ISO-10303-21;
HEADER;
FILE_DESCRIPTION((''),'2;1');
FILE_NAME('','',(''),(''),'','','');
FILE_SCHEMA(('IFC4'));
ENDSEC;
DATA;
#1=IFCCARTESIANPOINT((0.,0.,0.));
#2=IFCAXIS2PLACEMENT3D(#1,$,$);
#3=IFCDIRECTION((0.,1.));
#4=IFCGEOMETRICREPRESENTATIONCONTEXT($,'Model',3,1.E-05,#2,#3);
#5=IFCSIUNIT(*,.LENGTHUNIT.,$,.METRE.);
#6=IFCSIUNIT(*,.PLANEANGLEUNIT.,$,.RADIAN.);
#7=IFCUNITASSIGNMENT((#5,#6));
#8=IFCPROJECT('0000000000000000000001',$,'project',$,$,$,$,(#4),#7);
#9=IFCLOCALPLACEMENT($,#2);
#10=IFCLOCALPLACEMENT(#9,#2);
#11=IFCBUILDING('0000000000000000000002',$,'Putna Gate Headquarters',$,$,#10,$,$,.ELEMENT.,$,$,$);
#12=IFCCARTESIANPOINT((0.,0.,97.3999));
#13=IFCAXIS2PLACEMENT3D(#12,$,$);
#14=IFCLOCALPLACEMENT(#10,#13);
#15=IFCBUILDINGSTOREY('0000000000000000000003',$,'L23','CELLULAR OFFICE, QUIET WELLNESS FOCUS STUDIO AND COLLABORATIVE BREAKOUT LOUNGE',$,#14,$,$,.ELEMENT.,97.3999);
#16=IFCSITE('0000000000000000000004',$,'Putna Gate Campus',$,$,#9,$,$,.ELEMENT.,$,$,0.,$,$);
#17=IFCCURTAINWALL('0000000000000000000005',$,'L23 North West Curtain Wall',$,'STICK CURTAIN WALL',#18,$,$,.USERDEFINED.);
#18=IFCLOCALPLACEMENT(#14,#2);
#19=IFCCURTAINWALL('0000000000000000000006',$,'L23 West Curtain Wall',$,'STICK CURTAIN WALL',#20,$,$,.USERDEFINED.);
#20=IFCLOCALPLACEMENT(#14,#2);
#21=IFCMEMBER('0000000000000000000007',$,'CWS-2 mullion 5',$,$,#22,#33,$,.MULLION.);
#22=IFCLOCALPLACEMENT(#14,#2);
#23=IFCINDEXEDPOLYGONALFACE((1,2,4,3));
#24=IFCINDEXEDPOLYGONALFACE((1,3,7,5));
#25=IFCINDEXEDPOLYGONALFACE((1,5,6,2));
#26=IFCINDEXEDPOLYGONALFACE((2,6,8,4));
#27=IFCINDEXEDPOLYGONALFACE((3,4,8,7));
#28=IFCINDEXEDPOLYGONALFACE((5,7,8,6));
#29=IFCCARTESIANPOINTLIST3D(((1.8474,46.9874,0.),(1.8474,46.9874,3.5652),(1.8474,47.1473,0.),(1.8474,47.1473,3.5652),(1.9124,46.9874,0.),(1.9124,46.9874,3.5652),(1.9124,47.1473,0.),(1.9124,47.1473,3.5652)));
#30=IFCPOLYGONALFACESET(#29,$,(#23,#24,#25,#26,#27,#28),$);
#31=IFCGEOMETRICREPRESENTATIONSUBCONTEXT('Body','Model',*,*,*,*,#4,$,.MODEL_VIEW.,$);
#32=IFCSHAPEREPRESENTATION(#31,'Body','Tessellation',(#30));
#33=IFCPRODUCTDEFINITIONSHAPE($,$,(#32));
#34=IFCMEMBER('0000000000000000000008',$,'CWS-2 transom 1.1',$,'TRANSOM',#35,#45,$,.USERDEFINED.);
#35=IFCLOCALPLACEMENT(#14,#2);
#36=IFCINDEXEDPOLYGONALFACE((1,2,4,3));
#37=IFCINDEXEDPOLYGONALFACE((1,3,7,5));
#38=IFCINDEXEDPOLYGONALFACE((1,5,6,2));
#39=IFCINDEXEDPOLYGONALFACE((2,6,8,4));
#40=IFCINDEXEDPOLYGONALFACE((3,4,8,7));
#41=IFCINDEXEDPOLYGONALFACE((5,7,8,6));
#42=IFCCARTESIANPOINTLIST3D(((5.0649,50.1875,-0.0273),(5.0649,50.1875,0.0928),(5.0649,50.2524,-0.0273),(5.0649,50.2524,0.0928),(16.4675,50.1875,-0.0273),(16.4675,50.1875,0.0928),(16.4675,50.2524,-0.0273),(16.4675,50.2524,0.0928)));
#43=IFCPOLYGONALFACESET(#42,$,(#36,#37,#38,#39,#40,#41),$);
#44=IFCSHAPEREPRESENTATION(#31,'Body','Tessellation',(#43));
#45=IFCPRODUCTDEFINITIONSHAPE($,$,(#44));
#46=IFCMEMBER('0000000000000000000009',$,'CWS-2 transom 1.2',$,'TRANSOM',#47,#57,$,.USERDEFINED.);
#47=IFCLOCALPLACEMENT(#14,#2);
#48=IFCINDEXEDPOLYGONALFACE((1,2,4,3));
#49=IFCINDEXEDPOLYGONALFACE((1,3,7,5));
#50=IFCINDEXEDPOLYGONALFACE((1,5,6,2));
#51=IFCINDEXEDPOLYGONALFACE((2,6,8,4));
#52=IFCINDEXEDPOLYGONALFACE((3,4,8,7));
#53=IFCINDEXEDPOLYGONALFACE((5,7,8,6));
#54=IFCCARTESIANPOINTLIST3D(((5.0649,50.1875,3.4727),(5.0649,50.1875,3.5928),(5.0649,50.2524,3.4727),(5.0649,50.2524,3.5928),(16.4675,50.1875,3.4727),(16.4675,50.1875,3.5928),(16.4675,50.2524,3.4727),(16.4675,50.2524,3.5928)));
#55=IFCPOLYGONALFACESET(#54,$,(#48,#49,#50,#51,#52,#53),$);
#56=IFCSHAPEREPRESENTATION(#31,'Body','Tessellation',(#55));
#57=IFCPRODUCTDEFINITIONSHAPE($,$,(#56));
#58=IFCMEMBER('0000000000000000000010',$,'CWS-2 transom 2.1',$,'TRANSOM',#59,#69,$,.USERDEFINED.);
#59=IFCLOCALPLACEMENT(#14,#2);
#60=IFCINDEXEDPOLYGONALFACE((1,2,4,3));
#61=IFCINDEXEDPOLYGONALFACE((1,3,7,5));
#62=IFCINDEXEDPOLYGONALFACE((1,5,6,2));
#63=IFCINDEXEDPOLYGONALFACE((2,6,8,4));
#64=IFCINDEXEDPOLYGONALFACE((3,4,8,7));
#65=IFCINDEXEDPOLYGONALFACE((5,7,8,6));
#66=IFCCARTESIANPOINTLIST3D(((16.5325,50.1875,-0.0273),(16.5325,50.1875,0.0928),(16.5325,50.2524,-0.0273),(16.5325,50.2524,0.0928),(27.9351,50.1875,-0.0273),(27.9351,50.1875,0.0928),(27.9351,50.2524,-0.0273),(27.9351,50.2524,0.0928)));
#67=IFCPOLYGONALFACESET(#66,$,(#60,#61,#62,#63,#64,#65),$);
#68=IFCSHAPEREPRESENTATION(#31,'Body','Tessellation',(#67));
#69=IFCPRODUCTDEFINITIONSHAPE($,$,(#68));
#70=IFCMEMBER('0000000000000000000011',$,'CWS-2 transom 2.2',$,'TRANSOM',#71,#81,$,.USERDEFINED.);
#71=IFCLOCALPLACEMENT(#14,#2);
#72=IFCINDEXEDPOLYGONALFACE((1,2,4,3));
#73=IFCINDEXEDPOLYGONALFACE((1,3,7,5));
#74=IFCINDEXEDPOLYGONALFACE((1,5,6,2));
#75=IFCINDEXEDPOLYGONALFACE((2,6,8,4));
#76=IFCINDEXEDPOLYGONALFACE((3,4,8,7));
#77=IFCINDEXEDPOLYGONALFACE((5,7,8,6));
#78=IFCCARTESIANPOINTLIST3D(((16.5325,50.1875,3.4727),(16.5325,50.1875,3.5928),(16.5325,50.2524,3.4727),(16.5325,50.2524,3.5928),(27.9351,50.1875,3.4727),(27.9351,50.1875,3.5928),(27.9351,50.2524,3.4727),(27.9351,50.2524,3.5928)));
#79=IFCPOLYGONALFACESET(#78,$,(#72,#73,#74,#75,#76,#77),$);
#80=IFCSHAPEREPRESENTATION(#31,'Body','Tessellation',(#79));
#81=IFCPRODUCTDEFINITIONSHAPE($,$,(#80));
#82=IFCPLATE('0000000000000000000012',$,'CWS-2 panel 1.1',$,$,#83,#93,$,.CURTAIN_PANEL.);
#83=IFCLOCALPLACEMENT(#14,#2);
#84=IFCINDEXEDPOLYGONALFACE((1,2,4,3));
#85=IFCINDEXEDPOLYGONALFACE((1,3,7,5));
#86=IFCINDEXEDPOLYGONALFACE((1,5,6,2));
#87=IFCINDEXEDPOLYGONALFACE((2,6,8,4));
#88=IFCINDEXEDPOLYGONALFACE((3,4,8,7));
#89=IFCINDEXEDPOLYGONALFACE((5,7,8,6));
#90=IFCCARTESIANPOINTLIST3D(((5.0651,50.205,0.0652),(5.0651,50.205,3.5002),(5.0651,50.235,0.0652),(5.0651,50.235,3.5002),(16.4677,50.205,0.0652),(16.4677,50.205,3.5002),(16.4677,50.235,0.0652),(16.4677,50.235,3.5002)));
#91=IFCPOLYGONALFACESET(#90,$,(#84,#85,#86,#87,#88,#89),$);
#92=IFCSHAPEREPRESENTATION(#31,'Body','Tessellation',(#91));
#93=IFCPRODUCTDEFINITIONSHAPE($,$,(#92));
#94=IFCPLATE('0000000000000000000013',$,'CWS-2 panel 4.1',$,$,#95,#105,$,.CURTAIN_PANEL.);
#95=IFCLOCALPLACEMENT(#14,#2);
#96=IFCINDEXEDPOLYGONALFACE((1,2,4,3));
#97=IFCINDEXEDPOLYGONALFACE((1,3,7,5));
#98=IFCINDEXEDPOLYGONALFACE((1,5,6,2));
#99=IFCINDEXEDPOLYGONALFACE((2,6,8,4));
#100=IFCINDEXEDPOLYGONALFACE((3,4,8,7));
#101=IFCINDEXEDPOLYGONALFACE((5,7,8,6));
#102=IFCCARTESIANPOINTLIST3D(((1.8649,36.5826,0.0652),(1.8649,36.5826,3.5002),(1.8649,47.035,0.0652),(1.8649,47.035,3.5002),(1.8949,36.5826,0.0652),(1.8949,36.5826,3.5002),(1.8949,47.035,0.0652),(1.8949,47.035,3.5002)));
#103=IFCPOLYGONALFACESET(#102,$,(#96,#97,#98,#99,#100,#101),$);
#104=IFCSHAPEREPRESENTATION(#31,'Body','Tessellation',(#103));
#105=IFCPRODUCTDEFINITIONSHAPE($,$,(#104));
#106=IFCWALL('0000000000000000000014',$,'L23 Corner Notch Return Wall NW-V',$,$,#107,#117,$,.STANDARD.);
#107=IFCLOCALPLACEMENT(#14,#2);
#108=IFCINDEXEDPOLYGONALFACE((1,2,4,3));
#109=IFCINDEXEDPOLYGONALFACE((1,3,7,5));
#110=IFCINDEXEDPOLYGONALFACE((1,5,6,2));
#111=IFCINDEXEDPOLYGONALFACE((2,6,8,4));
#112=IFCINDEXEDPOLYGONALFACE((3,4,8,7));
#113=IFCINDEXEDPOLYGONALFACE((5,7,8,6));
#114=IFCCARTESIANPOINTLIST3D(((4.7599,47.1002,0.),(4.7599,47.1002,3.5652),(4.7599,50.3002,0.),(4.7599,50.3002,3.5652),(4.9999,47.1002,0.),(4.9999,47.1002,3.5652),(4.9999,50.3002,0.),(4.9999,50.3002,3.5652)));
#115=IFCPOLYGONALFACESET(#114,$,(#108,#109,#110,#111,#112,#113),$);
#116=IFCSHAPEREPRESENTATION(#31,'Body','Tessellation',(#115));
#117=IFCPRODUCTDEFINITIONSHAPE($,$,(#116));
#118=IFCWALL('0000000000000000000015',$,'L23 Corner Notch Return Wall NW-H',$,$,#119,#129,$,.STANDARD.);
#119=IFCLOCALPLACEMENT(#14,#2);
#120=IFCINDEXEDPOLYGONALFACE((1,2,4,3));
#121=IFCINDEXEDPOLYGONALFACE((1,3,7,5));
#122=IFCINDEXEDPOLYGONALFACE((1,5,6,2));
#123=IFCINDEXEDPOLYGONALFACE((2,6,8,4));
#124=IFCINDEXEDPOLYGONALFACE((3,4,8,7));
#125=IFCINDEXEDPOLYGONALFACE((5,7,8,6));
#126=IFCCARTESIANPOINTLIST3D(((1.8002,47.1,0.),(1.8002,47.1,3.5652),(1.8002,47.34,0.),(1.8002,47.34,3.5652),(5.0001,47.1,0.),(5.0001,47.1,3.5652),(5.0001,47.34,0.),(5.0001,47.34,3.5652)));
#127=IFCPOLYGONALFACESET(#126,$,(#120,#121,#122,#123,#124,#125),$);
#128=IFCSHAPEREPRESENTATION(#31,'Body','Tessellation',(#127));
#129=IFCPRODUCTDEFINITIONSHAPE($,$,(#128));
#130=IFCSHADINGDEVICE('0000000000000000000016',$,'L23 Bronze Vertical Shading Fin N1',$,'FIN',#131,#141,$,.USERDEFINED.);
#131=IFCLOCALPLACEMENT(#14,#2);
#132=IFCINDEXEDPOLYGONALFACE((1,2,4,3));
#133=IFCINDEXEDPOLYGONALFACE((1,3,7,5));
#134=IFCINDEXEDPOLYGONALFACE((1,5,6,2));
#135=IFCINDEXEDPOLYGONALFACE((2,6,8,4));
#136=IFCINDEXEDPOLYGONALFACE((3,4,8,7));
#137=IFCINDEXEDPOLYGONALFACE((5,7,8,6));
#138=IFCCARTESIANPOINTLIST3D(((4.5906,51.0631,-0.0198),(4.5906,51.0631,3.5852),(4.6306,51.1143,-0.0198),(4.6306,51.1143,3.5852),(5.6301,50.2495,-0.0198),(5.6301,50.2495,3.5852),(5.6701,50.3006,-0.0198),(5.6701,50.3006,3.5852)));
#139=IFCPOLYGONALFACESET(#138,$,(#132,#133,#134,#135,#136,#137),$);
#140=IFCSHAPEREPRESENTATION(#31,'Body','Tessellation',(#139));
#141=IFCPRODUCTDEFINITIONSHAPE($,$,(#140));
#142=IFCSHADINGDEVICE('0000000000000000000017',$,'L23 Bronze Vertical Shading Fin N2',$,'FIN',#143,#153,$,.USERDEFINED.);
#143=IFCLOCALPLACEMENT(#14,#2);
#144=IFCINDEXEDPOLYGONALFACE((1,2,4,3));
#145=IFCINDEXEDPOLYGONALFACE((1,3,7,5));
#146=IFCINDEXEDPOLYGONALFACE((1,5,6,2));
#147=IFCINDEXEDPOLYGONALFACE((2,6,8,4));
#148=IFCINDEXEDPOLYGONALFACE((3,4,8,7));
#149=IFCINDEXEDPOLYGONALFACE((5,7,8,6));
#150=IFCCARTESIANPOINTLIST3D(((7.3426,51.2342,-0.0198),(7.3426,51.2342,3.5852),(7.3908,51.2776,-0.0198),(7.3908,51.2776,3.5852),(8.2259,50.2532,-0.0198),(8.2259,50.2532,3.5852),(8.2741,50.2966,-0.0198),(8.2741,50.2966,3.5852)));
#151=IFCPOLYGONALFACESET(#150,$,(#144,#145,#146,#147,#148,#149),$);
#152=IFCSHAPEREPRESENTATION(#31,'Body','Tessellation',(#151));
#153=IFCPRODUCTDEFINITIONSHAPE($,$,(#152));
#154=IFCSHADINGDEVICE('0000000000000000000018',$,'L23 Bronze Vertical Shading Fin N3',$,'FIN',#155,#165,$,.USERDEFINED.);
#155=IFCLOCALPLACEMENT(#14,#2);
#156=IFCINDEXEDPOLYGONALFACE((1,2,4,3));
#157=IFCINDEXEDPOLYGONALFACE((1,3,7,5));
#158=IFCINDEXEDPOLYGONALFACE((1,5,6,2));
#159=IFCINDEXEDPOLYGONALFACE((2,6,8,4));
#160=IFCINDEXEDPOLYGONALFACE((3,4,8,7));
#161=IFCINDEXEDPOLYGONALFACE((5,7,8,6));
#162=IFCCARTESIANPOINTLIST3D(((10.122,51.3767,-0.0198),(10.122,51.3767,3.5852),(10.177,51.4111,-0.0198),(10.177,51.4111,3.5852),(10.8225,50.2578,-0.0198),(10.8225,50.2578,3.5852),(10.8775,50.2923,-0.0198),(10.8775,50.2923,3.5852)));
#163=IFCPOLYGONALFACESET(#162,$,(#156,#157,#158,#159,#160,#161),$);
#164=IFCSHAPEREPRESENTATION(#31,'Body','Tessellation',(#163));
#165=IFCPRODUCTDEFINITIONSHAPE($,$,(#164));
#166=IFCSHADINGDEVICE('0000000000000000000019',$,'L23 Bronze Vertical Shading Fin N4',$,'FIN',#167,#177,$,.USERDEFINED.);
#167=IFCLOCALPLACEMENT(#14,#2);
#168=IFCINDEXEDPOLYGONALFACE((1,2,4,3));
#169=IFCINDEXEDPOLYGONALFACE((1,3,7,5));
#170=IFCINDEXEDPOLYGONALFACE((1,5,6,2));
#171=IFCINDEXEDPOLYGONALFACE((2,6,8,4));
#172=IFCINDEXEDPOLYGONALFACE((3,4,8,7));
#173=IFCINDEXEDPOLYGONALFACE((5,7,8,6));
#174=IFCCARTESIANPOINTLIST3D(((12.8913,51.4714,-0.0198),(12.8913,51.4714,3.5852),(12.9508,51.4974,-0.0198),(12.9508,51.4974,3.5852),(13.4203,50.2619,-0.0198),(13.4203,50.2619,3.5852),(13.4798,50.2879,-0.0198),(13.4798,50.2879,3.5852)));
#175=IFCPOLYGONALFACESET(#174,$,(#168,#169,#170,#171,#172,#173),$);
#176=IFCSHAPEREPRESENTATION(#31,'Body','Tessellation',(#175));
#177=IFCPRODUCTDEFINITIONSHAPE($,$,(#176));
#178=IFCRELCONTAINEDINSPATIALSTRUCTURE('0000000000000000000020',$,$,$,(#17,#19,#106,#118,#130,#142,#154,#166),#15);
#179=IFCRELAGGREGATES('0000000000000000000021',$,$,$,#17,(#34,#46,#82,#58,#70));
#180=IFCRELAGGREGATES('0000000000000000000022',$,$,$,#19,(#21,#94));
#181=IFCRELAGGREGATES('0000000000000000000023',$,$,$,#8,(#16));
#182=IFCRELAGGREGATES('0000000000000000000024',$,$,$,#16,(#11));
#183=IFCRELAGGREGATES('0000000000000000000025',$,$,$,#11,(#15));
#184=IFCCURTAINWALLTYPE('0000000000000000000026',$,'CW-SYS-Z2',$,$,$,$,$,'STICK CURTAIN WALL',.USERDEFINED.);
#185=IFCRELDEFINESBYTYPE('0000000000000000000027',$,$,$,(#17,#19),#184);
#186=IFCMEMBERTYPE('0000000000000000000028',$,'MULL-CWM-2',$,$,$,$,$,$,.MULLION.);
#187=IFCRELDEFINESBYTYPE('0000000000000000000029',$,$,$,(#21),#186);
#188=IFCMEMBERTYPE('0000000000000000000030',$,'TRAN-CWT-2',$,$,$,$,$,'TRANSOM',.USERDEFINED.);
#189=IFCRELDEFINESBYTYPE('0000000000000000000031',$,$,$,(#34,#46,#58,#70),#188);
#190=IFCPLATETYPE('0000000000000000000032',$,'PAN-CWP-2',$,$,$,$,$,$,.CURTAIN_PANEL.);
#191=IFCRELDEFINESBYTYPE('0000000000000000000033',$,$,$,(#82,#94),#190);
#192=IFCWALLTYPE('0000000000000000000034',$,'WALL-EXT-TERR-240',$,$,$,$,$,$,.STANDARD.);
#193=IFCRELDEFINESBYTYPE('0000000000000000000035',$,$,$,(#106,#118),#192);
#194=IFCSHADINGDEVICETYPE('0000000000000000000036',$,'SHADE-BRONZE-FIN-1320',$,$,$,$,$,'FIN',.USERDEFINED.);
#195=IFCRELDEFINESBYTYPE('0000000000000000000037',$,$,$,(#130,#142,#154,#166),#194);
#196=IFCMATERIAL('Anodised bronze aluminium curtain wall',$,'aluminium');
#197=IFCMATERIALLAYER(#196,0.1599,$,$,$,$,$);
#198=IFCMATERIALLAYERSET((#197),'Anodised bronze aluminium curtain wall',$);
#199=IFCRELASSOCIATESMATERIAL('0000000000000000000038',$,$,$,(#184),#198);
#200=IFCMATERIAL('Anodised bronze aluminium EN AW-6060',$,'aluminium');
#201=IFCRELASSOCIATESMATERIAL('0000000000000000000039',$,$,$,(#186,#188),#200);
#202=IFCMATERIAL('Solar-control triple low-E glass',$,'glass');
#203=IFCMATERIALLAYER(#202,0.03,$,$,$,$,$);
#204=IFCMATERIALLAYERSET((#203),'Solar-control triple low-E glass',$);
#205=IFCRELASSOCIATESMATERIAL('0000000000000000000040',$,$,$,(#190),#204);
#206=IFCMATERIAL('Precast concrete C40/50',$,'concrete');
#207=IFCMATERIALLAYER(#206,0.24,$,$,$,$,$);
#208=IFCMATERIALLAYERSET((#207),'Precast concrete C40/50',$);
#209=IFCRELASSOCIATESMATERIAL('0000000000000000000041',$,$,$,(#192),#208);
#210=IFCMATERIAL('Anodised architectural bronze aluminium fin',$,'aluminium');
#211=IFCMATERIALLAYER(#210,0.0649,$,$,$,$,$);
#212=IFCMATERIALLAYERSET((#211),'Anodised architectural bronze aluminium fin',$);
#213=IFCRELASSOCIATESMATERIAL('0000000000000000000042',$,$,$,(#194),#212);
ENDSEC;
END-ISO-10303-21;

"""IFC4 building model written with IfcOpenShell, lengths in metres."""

from ifc_helpers import new_model, si_unit, direction, frame, frame_2d, origin, origin_2d, place, context, subcontext, project, spatial, rectangle, extrude, material, layer, layer_set, material_profile, profile_set, type_object, element, aggregate, save


model = new_model("IFC4")

# Units and contexts
model_context = context("Model", 3, precision=1e-05, world=origin(), true_north=direction((0.0, 1.0)))
body_context = subcontext(model_context, "Body", "Model", "MODEL_VIEW")
ifc_project = project(units=[si_unit("LENGTHUNIT", "METRE"), si_unit("PLANEANGLEUNIT", "RADIAN")], contexts=[model_context])

# Site, building, storey
site_placement = place(None, origin())
site = spatial("IfcSite", under=ifc_project, at=site_placement, Name="Putna Gate Campus", CompositionType="ELEMENT", RefElevation=0.0)
building_placement = place(site_placement, origin())
building = spatial("IfcBuilding", under=site, at=building_placement, Name="Putna Gate Headquarters", CompositionType="ELEMENT")
storey_placement = place(building_placement, frame((0.0, 0.0, 97.3999)))
storey = spatial("IfcBuildingStorey", under=building, at=storey_placement, Name="L23", Description="CELLULAR OFFICE, QUIET WELLNESS FOCUS STUDIO AND COLLABORATIVE BREAKOUT LOUNGE", CompositionType="ELEMENT", Elevation=97.3999)

# Curtain wall
ifc_material_1 = material(Name="Anodised bronze aluminium curtain wall", Category="aluminium")
ifc_layer_1 = layer(ifc_material_1, 0.1599)
ifc_layer_set_1 = layer_set([ifc_layer_1], Name="Anodised bronze aluminium curtain wall")
curtain_wall_type = type_object("IfcCurtainWallType", Name="CW-SYS-Z2", ElementType="STICK CURTAIN WALL", PredefinedType="USERDEFINED", material=ifc_layer_set_1)
curtain_wall_1_placement = place(storey_placement, origin())
curtain_wall_1 = element("IfcCurtainWall", 1, at=curtain_wall_1_placement, inside=storey, type_object=curtain_wall_type, Name="L23 North West Curtain Wall", ObjectType="STICK CURTAIN WALL", PredefinedType="USERDEFINED")
ifc_material_2 = material(Name="Anodised bronze aluminium EN AW-6060", Category="aluminium")
ifc_material_profile_1 = material_profile(ifc_material_2, rectangle(XDim=0.0649, YDim=0.1599, at=origin_2d()), Name="Anodised bronze aluminium EN AW-6060")
ifc_profile_set_1 = profile_set([ifc_material_profile_1], Name="Anodised bronze aluminium EN AW-6060")
member_type_1 = type_object("IfcMemberType", Name="MULL-CWM-2", PredefinedType="MULLION", material=ifc_profile_set_1)

# Curtain wall, member
curtain_wall_2_placement = place(storey_placement, origin())
curtain_wall_2 = element("IfcCurtainWall", 2, at=curtain_wall_2_placement, inside=storey, type_object=curtain_wall_type, Name="L23 West Curtain Wall", ObjectType="STICK CURTAIN WALL", PredefinedType="USERDEFINED")
member_1_placement = place(storey_placement, frame((1.8799, 47.0674, 0.0), z_axis=(0.0, 0.0, 1.0), x_axis=(-1.0, 0.0, 0.0)))
member_1 = element("IfcMember", 3, at=member_1_placement, type_object=member_type_1, Name="CWS-2 mullion 5", PredefinedType="MULLION", context=body_context, shape_type="SweptSolid", body=[
    extrude(rectangle(XDim=0.0649, YDim=0.1599, at=origin_2d()), origin(), (0.0, 0.0, 1.0), 3.5652),
])

# Members
ifc_material_profile_2 = material_profile(ifc_material_2, rectangle(XDim=0.0649, YDim=0.1201, at=origin_2d()), Name="Anodised bronze aluminium EN AW-6060")
ifc_profile_set_2 = profile_set([ifc_material_profile_2], Name="Anodised bronze aluminium EN AW-6060")
member_type_2 = type_object("IfcMemberType", Name="TRAN-CWT-2", ElementType="TRANSOM", PredefinedType="USERDEFINED", material=ifc_profile_set_2)
member_2_placement = place(storey_placement, frame((5.0649, 50.22, 0.0327), z_axis=(1.0, 0.0, 0.0), x_axis=(0.0, 1.0, 0.0)))
member_2 = element("IfcMember", 4, at=member_2_placement, type_object=member_type_2, Name="CWS-2 transom 1.1", ObjectType="TRANSOM", PredefinedType="USERDEFINED", context=body_context, shape_type="SweptSolid", body=[
    extrude(rectangle(XDim=0.0649, YDim=0.1201, at=origin_2d()), origin(), (0.0, 0.0, 1.0), 11.4026),
])
member_3_placement = place(storey_placement, frame((5.0649, 50.22, 3.5327), z_axis=(1.0, 0.0, 0.0), x_axis=(0.0, 1.0, 0.0)))
member_3 = element("IfcMember", 5, at=member_3_placement, type_object=member_type_2, Name="CWS-2 transom 1.2", ObjectType="TRANSOM", PredefinedType="USERDEFINED", context=body_context, shape_type="SweptSolid", body=[
    extrude(rectangle(XDim=0.0649, YDim=0.1201, at=origin_2d()), origin(), (0.0, 0.0, 1.0), 11.4026),
])
member_4_placement = place(storey_placement, frame((16.5325, 50.22, 0.0327), z_axis=(1.0, 0.0, 0.0), x_axis=(0.0, 1.0, 0.0)))
member_4 = element("IfcMember", 6, at=member_4_placement, type_object=member_type_2, Name="CWS-2 transom 2.1", ObjectType="TRANSOM", PredefinedType="USERDEFINED", context=body_context, shape_type="SweptSolid", body=[
    extrude(rectangle(XDim=0.0649, YDim=0.1201, at=origin_2d()), origin(), (0.0, 0.0, 1.0), 11.4026),
])
member_5_placement = place(storey_placement, frame((16.5325, 50.22, 3.5327), z_axis=(1.0, 0.0, 0.0), x_axis=(0.0, 1.0, 0.0)))
member_5 = element("IfcMember", 7, at=member_5_placement, type_object=member_type_2, Name="CWS-2 transom 2.2", ObjectType="TRANSOM", PredefinedType="USERDEFINED", context=body_context, shape_type="SweptSolid", body=[
    extrude(rectangle(XDim=0.0649, YDim=0.1201, at=origin_2d()), origin(), (0.0, 0.0, 1.0), 11.4026),
])

# Plates
ifc_material_3 = material(Name="Solar-control triple low-E glass", Category="glass")
ifc_layer_2 = layer(ifc_material_3, 0.03)
ifc_layer_set_2 = layer_set([ifc_layer_2], Name="Solar-control triple low-E glass")
plate_type = type_object("IfcPlateType", Name="PAN-CWP-2", PredefinedType="CURTAIN_PANEL", material=ifc_layer_set_2)
plate_1_placement = place(storey_placement, frame((10.7664, 50.22, 0.0652), z_axis=(0.0, 0.0, 1.0), x_axis=(1.0, 0.0, 0.0)))
plate_1 = element("IfcPlate", 8, at=plate_1_placement, type_object=plate_type, Name="CWS-2 panel 1.1", PredefinedType="CURTAIN_PANEL", context=body_context, shape_type="SweptSolid", body=[
    extrude(rectangle(XDim=11.4026, YDim=0.03, at=origin_2d()), origin(), (0.0, 0.0, 1.0), 3.4351),
])
aggregate(curtain_wall_1, [member_2, member_3, plate_1, member_4, member_5])
plate_2_placement = place(storey_placement, frame((1.8799, 41.8088, 0.0652), z_axis=(0.0, 0.0, 1.0), x_axis=(0.0, 1.0, 0.0)))
plate_2 = element("IfcPlate", 9, at=plate_2_placement, type_object=plate_type, Name="CWS-2 panel 4.1", PredefinedType="CURTAIN_PANEL", context=body_context, shape_type="SweptSolid", body=[
    extrude(rectangle(XDim=10.4524, YDim=0.03, at=origin_2d()), origin(), (0.0, 0.0, 1.0), 3.4351),
])
aggregate(curtain_wall_2, [member_1, plate_2])

# Walls
ifc_material_4 = material(Name="Precast concrete C40/50", Category="concrete")
ifc_layer_3 = layer(ifc_material_4, 0.24)
ifc_layer_set_3 = layer_set([ifc_layer_3], Name="Precast concrete C40/50")
wall_type = type_object("IfcWallType", Name="WALL-EXT-TERR-240", PredefinedType="STANDARD", material=ifc_layer_set_3)
for number, where, z_axis, x_axis, name in (
    (10, (4.8799, 47.1001, 0.0), (0.0, 0.0, 1.0), (0.0, 1.0, 0.0), "L23 Corner Notch Return Wall NW-V"),
    (11, (1.8, 47.22, 0.0), (0.0, 0.0, 1.0), (1.0, 0.0, 0.0), "L23 Corner Notch Return Wall NW-H"),
):
    element("IfcWall", number, at=place(storey_placement, frame(where, z_axis=z_axis, x_axis=x_axis)), inside=storey, type_object=wall_type, Name=name, PredefinedType="STANDARD", context=body_context, shape_type="SweptSolid", body=[
        extrude(rectangle(XDim=3.2, YDim=0.24, at=frame_2d((1.6001, 0.0))), origin(), (0.0, 0.0, 1.0), 3.5652),
    ])

# Shading devices
ifc_material_5 = material(Name="Anodised architectural bronze aluminium fin", Category="aluminium")
ifc_layer_4 = layer(ifc_material_5, 0.0649)
ifc_layer_set_4 = layer_set([ifc_layer_4], Name="Anodised architectural bronze aluminium fin")
shading_device_type = type_object("IfcShadingDeviceType", Name="SHADE-BRONZE-FIN-1320", ElementType="FIN", PredefinedType="USERDEFINED", material=ifc_layer_set_4)
for number, where, z_axis, x_axis, name in (
    (12, (5.1304, 50.6819, -0.0198), (0.0, 0.0, 1.0), (-0.787473, 0.616349, 0.0), "L23 Bronze Vertical Shading Fin N1"),
    (13, (7.8083, 50.7654, -0.0198), (0.0, 0.0, 1.0), (-0.669131, 0.743145, 0.0), "L23 Bronze Vertical Shading Fin N2"),
    (14, (10.4998, 50.8345, -0.0198), (0.0, 0.0, 1.0), (-0.530659, 0.847585, 0.0), "L23 Bronze Vertical Shading Fin N3"),
    (15, (13.1855, 50.8796, -0.0198), (0.0, 0.0, 1.0), (-0.400669, 0.916223, 0.0), "L23 Bronze Vertical Shading Fin N4"),
):
    element("IfcShadingDevice", number, at=place(storey_placement, frame(where, z_axis=z_axis, x_axis=x_axis)), inside=storey, type_object=shading_device_type, Name=name, ObjectType="FIN", PredefinedType="USERDEFINED", context=body_context, shape_type="SweptSolid", body=[
        extrude(rectangle(XDim=1.3201, YDim=0.0649, at=origin_2d()), origin(), (0.0, 0.0, 1.0), 3.605),
    ])

save(model, "model.ifc")
